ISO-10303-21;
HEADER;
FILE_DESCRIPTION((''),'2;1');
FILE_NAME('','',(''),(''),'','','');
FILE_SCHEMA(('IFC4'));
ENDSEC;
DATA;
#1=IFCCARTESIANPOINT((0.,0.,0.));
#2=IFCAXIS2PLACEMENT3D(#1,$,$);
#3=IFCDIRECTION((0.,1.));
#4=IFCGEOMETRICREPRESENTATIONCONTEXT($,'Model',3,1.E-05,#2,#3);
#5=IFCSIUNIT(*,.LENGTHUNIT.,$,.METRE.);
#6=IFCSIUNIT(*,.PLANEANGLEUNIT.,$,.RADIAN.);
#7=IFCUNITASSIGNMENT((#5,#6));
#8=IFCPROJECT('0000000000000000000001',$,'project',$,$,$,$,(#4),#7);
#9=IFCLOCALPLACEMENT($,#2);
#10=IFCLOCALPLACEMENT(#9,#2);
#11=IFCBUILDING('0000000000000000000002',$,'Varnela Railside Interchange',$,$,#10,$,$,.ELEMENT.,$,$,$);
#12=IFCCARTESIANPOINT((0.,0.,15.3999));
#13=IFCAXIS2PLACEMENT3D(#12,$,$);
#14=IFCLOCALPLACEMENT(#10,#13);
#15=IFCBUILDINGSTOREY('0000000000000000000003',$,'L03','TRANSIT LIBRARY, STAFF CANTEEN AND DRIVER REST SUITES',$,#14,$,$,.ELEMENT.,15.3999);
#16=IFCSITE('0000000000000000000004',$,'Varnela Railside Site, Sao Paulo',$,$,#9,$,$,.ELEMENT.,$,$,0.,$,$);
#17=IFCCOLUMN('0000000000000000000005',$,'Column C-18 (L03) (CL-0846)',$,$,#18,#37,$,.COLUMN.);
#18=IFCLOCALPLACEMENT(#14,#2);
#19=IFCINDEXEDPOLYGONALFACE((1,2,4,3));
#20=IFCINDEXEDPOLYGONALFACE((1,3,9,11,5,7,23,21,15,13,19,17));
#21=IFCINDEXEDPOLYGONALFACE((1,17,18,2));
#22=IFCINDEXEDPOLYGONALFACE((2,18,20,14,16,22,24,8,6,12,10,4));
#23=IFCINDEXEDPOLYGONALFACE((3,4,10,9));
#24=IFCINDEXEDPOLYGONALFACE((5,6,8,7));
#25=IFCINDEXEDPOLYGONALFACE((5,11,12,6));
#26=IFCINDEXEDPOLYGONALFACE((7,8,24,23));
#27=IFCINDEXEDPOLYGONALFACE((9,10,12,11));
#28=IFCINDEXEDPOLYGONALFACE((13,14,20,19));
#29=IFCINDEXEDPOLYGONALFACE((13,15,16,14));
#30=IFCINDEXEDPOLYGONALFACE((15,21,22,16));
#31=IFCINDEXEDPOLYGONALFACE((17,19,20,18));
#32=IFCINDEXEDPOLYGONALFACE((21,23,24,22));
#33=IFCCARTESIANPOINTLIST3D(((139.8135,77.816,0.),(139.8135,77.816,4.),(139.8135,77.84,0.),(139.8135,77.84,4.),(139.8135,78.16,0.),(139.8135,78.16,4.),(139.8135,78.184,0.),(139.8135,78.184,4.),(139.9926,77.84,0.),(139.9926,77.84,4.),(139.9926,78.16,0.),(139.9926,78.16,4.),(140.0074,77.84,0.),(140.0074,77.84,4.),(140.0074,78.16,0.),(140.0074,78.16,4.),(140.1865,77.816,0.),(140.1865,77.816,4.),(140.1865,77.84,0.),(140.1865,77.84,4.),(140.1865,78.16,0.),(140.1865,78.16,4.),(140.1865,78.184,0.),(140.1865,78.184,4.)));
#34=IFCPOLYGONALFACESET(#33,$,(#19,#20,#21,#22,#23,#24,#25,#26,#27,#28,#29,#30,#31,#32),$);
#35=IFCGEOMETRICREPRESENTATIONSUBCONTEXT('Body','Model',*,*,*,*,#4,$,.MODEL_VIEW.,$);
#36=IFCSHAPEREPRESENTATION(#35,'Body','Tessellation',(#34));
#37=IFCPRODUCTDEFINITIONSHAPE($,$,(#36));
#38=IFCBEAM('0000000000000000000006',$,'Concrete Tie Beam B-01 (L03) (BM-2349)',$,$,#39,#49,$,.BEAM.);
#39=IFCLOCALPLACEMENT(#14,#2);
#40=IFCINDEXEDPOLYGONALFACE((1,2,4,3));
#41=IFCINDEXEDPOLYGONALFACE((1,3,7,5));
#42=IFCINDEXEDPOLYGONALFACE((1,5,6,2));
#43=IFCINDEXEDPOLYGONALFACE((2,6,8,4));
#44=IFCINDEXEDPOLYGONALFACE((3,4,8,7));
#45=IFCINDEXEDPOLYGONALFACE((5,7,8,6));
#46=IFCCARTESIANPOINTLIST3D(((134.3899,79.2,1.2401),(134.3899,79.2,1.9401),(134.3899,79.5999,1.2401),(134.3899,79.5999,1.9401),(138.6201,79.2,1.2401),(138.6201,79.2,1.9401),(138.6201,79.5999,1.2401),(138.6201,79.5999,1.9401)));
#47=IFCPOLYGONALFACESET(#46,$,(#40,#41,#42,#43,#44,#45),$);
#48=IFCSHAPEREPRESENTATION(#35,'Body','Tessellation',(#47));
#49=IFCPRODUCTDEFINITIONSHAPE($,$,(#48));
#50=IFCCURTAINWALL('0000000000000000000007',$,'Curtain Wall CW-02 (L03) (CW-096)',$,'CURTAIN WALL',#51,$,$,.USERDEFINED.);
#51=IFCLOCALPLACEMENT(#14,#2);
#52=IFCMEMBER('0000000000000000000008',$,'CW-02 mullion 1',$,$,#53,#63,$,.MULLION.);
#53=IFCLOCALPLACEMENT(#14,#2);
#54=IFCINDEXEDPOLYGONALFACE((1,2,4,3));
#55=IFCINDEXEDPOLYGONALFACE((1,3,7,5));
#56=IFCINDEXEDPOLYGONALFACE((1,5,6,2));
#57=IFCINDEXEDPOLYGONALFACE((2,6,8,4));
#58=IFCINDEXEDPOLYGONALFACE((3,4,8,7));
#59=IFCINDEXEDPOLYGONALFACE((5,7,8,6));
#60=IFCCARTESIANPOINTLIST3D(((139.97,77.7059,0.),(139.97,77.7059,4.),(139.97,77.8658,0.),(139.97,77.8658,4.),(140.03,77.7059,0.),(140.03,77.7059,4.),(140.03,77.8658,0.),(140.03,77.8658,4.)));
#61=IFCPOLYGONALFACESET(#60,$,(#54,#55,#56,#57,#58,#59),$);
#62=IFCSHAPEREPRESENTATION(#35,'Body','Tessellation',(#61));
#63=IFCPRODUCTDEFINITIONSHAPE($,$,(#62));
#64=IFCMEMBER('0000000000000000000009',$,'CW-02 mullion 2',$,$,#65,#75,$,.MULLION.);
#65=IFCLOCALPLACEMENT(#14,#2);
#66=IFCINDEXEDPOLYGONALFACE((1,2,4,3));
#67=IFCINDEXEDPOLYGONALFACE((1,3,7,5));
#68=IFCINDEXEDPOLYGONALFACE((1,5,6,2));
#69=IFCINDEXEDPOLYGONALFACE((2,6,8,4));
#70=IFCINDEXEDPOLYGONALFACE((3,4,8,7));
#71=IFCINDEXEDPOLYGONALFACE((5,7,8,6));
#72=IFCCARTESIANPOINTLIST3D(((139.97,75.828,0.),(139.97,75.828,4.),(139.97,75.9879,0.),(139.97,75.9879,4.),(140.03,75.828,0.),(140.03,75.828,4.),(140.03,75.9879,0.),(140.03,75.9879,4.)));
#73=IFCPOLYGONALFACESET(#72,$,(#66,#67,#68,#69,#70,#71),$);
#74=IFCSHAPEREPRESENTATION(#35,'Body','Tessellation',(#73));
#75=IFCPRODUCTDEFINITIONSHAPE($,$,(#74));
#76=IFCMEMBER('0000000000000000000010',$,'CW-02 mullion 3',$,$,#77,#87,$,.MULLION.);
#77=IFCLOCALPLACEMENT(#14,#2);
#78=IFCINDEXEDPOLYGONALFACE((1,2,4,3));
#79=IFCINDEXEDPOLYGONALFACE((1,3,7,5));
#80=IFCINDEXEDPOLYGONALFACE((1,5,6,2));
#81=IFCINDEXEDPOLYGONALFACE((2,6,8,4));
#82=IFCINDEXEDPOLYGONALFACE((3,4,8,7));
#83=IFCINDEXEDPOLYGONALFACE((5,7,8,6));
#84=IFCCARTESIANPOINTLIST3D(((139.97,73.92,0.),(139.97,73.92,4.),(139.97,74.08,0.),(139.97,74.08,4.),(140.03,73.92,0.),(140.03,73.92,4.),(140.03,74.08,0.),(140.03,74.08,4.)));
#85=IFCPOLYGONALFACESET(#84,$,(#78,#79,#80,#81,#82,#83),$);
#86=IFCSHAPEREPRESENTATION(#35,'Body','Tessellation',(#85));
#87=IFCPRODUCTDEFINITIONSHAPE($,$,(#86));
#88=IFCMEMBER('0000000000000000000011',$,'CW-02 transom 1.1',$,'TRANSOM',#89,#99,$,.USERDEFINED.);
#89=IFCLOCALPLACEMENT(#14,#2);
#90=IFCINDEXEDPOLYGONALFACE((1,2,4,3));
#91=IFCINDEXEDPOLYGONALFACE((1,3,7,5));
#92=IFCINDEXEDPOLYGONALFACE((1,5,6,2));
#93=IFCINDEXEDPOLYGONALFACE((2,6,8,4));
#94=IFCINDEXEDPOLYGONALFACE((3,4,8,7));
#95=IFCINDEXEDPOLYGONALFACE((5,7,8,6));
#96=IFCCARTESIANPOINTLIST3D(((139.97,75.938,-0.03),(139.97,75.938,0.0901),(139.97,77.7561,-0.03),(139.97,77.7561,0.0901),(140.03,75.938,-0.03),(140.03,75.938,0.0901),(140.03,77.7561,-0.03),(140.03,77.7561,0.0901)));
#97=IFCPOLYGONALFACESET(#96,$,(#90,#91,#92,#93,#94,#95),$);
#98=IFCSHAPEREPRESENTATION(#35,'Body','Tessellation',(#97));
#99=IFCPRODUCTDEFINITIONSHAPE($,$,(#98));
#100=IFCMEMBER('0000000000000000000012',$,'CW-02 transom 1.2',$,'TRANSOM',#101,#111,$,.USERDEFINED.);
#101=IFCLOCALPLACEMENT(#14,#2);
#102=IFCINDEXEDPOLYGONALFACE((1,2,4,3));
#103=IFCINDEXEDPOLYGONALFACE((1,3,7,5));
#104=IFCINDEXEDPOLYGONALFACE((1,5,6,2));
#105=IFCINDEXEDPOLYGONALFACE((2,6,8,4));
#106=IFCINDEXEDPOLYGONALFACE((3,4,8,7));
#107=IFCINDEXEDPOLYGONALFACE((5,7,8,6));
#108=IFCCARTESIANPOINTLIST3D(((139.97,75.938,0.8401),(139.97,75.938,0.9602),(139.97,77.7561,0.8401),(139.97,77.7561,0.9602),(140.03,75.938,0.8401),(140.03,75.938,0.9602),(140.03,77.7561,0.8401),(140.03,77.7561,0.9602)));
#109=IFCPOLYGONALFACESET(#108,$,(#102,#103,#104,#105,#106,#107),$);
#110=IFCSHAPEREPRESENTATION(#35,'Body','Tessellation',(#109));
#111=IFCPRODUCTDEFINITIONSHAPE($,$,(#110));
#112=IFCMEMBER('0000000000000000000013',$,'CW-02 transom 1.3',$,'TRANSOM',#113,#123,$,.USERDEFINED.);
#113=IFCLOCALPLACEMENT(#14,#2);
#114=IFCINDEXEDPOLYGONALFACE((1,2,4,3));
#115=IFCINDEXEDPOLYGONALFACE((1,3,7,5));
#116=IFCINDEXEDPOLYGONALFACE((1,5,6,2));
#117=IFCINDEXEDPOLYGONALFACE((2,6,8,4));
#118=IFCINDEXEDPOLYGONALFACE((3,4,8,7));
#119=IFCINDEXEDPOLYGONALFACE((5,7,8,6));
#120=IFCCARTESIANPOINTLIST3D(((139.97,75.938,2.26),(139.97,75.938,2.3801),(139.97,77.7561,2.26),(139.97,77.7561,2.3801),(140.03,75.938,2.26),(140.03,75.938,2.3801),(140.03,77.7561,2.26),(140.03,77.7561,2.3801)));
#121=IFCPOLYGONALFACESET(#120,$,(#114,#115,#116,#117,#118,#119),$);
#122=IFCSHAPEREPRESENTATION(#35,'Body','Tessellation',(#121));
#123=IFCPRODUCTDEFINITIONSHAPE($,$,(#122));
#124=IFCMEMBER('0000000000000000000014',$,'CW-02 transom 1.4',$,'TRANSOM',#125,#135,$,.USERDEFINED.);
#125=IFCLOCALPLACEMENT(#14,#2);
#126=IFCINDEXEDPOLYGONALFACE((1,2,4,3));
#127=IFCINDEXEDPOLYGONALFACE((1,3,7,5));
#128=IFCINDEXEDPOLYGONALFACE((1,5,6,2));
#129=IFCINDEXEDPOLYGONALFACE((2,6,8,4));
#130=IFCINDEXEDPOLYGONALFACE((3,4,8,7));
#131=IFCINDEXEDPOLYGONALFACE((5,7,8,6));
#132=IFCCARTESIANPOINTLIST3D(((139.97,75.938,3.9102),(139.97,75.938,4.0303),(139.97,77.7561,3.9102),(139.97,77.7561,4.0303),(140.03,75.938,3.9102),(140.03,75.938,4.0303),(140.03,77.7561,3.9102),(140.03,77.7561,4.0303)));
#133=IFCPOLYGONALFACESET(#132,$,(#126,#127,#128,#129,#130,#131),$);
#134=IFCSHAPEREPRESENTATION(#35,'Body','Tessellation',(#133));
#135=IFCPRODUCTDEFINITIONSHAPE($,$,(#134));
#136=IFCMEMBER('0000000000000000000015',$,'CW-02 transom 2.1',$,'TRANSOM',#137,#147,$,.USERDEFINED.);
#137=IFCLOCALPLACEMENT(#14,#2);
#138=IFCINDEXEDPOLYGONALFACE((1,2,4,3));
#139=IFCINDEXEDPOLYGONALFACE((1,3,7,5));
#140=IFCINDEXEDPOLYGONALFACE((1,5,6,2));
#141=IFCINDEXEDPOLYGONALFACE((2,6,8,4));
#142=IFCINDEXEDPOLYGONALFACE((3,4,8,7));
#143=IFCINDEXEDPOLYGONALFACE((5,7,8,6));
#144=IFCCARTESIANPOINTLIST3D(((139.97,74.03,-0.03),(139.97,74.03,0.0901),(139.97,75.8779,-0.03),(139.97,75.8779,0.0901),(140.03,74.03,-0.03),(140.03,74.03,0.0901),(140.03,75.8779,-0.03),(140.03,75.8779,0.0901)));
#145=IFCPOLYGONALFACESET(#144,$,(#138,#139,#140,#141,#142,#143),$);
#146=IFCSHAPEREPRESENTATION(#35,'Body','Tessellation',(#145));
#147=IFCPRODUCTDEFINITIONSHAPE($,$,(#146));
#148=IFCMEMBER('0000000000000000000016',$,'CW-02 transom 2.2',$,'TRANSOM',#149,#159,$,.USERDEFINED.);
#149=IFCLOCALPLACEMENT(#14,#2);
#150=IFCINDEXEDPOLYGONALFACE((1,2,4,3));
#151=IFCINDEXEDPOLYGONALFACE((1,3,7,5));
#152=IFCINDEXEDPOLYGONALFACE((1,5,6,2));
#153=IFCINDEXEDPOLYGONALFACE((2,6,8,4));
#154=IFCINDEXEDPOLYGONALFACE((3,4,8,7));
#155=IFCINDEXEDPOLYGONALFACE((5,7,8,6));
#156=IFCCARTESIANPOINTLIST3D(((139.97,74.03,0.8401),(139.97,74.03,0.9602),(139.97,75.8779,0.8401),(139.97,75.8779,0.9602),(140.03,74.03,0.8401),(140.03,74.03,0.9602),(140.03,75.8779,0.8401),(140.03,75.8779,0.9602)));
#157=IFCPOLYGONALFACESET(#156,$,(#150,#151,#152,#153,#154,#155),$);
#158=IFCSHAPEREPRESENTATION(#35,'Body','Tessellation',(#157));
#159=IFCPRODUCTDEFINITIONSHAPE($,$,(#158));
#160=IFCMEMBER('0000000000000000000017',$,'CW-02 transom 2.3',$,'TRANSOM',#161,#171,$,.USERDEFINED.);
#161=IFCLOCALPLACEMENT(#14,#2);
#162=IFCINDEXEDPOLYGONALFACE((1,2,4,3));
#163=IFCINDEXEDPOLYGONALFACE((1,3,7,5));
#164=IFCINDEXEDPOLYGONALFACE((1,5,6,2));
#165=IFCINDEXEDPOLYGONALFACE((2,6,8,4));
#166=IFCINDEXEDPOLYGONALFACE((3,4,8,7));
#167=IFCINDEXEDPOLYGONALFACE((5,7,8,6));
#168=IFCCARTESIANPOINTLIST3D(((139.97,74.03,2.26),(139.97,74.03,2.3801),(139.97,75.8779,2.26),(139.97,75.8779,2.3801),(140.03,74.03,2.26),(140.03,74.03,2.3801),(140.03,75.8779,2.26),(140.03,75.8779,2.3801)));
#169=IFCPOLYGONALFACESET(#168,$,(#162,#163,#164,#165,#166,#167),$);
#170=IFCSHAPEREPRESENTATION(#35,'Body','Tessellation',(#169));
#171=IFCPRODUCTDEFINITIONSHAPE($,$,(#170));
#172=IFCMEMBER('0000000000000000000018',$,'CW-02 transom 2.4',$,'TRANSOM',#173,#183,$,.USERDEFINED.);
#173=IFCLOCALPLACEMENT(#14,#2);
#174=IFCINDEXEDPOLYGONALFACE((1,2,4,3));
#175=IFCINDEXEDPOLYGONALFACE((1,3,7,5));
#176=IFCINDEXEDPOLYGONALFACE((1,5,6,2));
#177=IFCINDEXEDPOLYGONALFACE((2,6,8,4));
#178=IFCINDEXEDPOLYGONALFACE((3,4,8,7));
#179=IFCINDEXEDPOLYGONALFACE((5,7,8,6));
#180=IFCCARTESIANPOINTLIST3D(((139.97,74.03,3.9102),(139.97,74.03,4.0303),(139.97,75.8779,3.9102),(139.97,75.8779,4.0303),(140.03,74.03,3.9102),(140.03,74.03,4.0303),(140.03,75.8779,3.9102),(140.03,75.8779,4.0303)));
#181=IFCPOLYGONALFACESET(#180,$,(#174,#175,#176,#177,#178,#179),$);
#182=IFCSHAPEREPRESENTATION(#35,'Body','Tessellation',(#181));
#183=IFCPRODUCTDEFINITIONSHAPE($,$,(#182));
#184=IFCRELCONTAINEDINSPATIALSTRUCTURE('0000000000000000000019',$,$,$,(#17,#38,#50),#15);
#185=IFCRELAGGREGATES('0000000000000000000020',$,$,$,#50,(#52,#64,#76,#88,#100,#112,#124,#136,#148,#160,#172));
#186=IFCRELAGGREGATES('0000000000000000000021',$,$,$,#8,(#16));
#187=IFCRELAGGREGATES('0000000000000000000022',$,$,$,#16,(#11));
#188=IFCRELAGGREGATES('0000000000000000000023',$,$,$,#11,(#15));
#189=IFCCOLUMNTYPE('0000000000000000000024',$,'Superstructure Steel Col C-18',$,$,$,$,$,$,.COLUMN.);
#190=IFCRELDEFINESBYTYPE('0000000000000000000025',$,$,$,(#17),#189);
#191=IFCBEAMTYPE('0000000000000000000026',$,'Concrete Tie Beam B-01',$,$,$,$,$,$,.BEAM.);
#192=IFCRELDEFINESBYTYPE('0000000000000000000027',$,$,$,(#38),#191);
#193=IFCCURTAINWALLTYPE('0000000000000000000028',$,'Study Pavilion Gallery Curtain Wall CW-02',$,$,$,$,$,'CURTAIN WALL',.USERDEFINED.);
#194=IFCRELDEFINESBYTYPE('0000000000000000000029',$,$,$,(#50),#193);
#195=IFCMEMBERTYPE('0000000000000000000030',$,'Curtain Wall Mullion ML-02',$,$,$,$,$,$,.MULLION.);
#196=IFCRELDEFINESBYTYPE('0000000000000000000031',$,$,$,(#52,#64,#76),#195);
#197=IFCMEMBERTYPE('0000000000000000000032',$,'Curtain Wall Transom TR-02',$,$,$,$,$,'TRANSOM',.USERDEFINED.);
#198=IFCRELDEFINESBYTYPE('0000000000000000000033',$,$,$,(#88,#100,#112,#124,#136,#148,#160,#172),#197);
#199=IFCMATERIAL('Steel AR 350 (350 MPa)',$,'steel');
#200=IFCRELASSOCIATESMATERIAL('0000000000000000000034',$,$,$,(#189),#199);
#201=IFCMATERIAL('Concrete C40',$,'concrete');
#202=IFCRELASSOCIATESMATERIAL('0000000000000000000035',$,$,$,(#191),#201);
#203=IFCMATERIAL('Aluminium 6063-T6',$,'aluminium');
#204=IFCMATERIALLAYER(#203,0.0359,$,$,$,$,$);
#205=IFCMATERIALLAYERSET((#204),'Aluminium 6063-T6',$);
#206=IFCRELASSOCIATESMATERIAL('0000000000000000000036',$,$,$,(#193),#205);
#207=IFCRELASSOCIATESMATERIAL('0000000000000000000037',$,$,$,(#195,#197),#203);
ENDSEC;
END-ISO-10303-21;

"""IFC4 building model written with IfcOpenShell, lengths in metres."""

from ifc_helpers import new_model, si_unit, direction, frame, origin, origin_2d, place, context, subcontext, project, spatial, rectangle, i_section, extrude, material, layer, layer_set, material_profile, profile_set, type_object, element, aggregate, save


model = new_model("IFC4")

# Units and contexts
model_context = context("Model", 3, precision=1e-05, world=origin(), true_north=direction((0.0, 1.0)))
body_context = subcontext(model_context, "Body", "Model", "MODEL_VIEW")
ifc_project = project(units=[si_unit("LENGTHUNIT", "METRE"), si_unit("PLANEANGLEUNIT", "RADIAN")], contexts=[model_context])

# Site, building, storey
site_placement = place(None, origin())
site = spatial("IfcSite", under=ifc_project, at=site_placement, Name="Varnela Railside Site, Sao Paulo", CompositionType="ELEMENT", RefElevation=0.0)
building_placement = place(site_placement, origin())
building = spatial("IfcBuilding", under=site, at=building_placement, Name="Varnela Railside Interchange", CompositionType="ELEMENT")
storey_placement = place(building_placement, frame((0.0, 0.0, 15.3999)))
storey = spatial("IfcBuildingStorey", under=building, at=storey_placement, Name="L03", Description="TRANSIT LIBRARY, STAFF CANTEEN AND DRIVER REST SUITES", CompositionType="ELEMENT", Elevation=15.3999)

# Column
ifc_material_1 = material(Name="Steel AR 350 (350 MPa)", Category="steel")
ifc_material_profile_1 = material_profile(ifc_material_1, i_section(OverallWidth=0.373, OverallDepth=0.3679, WebThickness=0.0149, FlangeThickness=0.0239, at=origin_2d()), Name="W360x179")
ifc_profile_set_1 = profile_set([ifc_material_profile_1], Name="Steel AR 350 (350 MPa)")
column_type = type_object("IfcColumnType", Name="Superstructure Steel Col C-18", PredefinedType="COLUMN", material=ifc_profile_set_1)
column_placement = place(storey_placement, frame((140.0, 78.0, 0.0), z_axis=(0.0, 0.0, 1.0), x_axis=(1.0, 0.0, 0.0)))
element("IfcColumn", 1, at=column_placement, inside=storey, type_object=column_type, Name="Column C-18 (L03) (CL-0846)", PredefinedType="COLUMN", context=body_context, shape_type="SweptSolid", body=[
    extrude(i_section(OverallWidth=0.373, OverallDepth=0.3679, WebThickness=0.0149, FlangeThickness=0.0239, at=origin_2d()), origin(), (0.0, 0.0, 1.0), 4.0),
])

# Beam
ifc_material_2 = material(Name="Concrete C40", Category="concrete")
ifc_material_profile_2 = material_profile(ifc_material_2, rectangle(XDim=0.3999, YDim=0.7, at=origin_2d()), Name="RC 400x700")
ifc_profile_set_2 = profile_set([ifc_material_profile_2], Name="Concrete C40")
beam_type_1 = type_object("IfcBeamType", Name="Concrete Tie Beam B-01", PredefinedType="BEAM", material=ifc_profile_set_2)
beam_1_placement = place(storey_placement, frame((134.3899, 79.3999, 1.5901), z_axis=(1.0, 0.0, 0.0), x_axis=(0.0, 1.0, 0.0)))
element("IfcBeam", 2, at=beam_1_placement, inside=storey, type_object=beam_type_1, Name="Concrete Tie Beam B-01 (L03) (BM-2349)", PredefinedType="BEAM", context=body_context, shape_type="SweptSolid", body=[
    extrude(rectangle(XDim=0.3999, YDim=0.7, at=origin_2d()), origin(), (0.0, 0.0, 1.0), 4.2302),
])

# Curtain wall, members
ifc_material_3 = material(Name="Aluminium 6063-T6", Category="aluminium")
ifc_layer_1 = layer(ifc_material_3, 0.0359)
ifc_layer_set_1 = layer_set([ifc_layer_1], Name="Aluminium 6063-T6")
curtain_wall_type = type_object("IfcCurtainWallType", Name="Study Pavilion Gallery Curtain Wall CW-02", ElementType="CURTAIN WALL", PredefinedType="USERDEFINED", material=ifc_layer_set_1)
curtain_wall_placement = place(storey_placement, origin())
curtain_wall = element("IfcCurtainWall", 3, at=curtain_wall_placement, inside=storey, type_object=curtain_wall_type, Name="Curtain Wall CW-02 (L03) (CW-096)", ObjectType="CURTAIN WALL", PredefinedType="USERDEFINED")
ifc_material_profile_3 = material_profile(ifc_material_3, rectangle(XDim=0.0601, YDim=0.1599, at=origin_2d()), Name="ALU 60x160")
ifc_profile_set_3 = profile_set([ifc_material_profile_3], Name="Aluminium 6063-T6")
member_type_1 = type_object("IfcMemberType", Name="Curtain Wall Mullion ML-02", PredefinedType="MULLION", material=ifc_profile_set_3)
member_1_placement = place(storey_placement, frame((140.0, 77.7859, 0.0), z_axis=(0.0, 0.0, 1.0), x_axis=(1.0, 0.0, 0.0)))
member_1 = element("IfcMember", 4, at=member_1_placement, type_object=member_type_1, Name="CW-02 mullion 1", PredefinedType="MULLION", context=body_context, shape_type="SweptSolid", body=[
    extrude(rectangle(XDim=0.0601, YDim=0.1599, at=origin_2d()), origin(), (0.0, 0.0, 1.0), 4.0),
])
member_2_placement = place(storey_placement, frame((140.0, 75.908, 0.0), z_axis=(0.0, 0.0, 1.0), x_axis=(1.0, 0.0, 0.0)))
member_2 = element("IfcMember", 5, at=member_2_placement, type_object=member_type_1, Name="CW-02 mullion 2", PredefinedType="MULLION", context=body_context, shape_type="SweptSolid", body=[
    extrude(rectangle(XDim=0.0601, YDim=0.1599, at=origin_2d()), origin(), (0.0, 0.0, 1.0), 4.0),
])
member_3_placement = place(storey_placement, frame((140.0, 74.0, 0.0), z_axis=(0.0, 0.0, 1.0), x_axis=(1.0, 0.0, 0.0)))
member_3 = element("IfcMember", 6, at=member_3_placement, type_object=member_type_1, Name="CW-02 mullion 3", PredefinedType="MULLION", context=body_context, shape_type="SweptSolid", body=[
    extrude(rectangle(XDim=0.0601, YDim=0.1599, at=origin_2d()), origin(), (0.0, 0.0, 1.0), 4.0),
])
ifc_material_profile_4 = material_profile(ifc_material_3, rectangle(XDim=0.0601, YDim=0.1201, at=origin_2d()), Name="ALU 60x120")
ifc_profile_set_4 = profile_set([ifc_material_profile_4], Name="Aluminium 6063-T6")
member_type_2 = type_object("IfcMemberType", Name="Curtain Wall Transom TR-02", ElementType="TRANSOM", PredefinedType="USERDEFINED", material=ifc_profile_set_4)
member_4_placement = place(storey_placement, frame((140.0, 77.7561, 0.03), z_axis=(0.0, -1.0, 0.0), x_axis=(1.0, 0.0, 0.0)))
member_4 = element("IfcMember", 7, at=member_4_placement, type_object=member_type_2, Name="CW-02 transom 1.1", ObjectType="TRANSOM", PredefinedType="USERDEFINED", context=body_context, shape_type="SweptSolid", body=[
    extrude(rectangle(XDim=0.0601, YDim=0.1201, at=origin_2d()), origin(), (0.0, 0.0, 1.0), 1.8181),
])
member_5_placement = place(storey_placement, frame((140.0, 77.7561, 0.9001), z_axis=(0.0, -1.0, 0.0), x_axis=(1.0, 0.0, 0.0)))
member_5 = element("IfcMember", 8, at=member_5_placement, type_object=member_type_2, Name="CW-02 transom 1.2", ObjectType="TRANSOM", PredefinedType="USERDEFINED", context=body_context, shape_type="SweptSolid", body=[
    extrude(rectangle(XDim=0.0601, YDim=0.1201, at=origin_2d()), origin(), (0.0, 0.0, 1.0), 1.8181),
])
member_6_placement = place(storey_placement, frame((140.0, 77.7561, 2.3201), z_axis=(0.0, -1.0, 0.0), x_axis=(1.0, 0.0, 0.0)))
member_6 = element("IfcMember", 9, at=member_6_placement, type_object=member_type_2, Name="CW-02 transom 1.3", ObjectType="TRANSOM", PredefinedType="USERDEFINED", context=body_context, shape_type="SweptSolid", body=[
    extrude(rectangle(XDim=0.0601, YDim=0.1201, at=origin_2d()), origin(), (0.0, 0.0, 1.0), 1.8181),
])
member_7_placement = place(storey_placement, frame((140.0, 77.7561, 3.9702), z_axis=(0.0, -1.0, 0.0), x_axis=(1.0, 0.0, 0.0)))
member_7 = element("IfcMember", 10, at=member_7_placement, type_object=member_type_2, Name="CW-02 transom 1.4", ObjectType="TRANSOM", PredefinedType="USERDEFINED", context=body_context, shape_type="SweptSolid", body=[
    extrude(rectangle(XDim=0.0601, YDim=0.1201, at=origin_2d()), origin(), (0.0, 0.0, 1.0), 1.8181),
])
member_8_placement = place(storey_placement, frame((140.0, 75.8779, 0.03), z_axis=(0.0, -1.0, 0.0), x_axis=(1.0, 0.0, 0.0)))
member_8 = element("IfcMember", 11, at=member_8_placement, type_object=member_type_2, Name="CW-02 transom 2.1", ObjectType="TRANSOM", PredefinedType="USERDEFINED", context=body_context, shape_type="SweptSolid", body=[
    extrude(rectangle(XDim=0.0601, YDim=0.1201, at=origin_2d()), origin(), (0.0, 0.0, 1.0), 1.8479),
])
member_9_placement = place(storey_placement, frame((140.0, 75.8779, 0.9001), z_axis=(0.0, -1.0, 0.0), x_axis=(1.0, 0.0, 0.0)))
member_9 = element("IfcMember", 12, at=member_9_placement, type_object=member_type_2, Name="CW-02 transom 2.2", ObjectType="TRANSOM", PredefinedType="USERDEFINED", context=body_context, shape_type="SweptSolid", body=[
    extrude(rectangle(XDim=0.0601, YDim=0.1201, at=origin_2d()), origin(), (0.0, 0.0, 1.0), 1.8479),
])
member_10_placement = place(storey_placement, frame((140.0, 75.8779, 2.3201), z_axis=(0.0, -1.0, 0.0), x_axis=(1.0, 0.0, 0.0)))
member_10 = element("IfcMember", 13, at=member_10_placement, type_object=member_type_2, Name="CW-02 transom 2.3", ObjectType="TRANSOM", PredefinedType="USERDEFINED", context=body_context, shape_type="SweptSolid", body=[
    extrude(rectangle(XDim=0.0601, YDim=0.1201, at=origin_2d()), origin(), (0.0, 0.0, 1.0), 1.8479),
])
member_11_placement = place(storey_placement, frame((140.0, 75.8779, 3.9702), z_axis=(0.0, -1.0, 0.0), x_axis=(1.0, 0.0, 0.0)))
member_11 = element("IfcMember", 14, at=member_11_placement, type_object=member_type_2, Name="CW-02 transom 2.4", ObjectType="TRANSOM", PredefinedType="USERDEFINED", context=body_context, shape_type="SweptSolid", body=[
    extrude(rectangle(XDim=0.0601, YDim=0.1201, at=origin_2d()), origin(), (0.0, 0.0, 1.0), 1.8479),
])

aggregate(curtain_wall, [member_1, member_2, member_3, member_4, member_5, member_6, member_7, member_8, member_9, member_10, member_11])

save(model, "model.ifc")
